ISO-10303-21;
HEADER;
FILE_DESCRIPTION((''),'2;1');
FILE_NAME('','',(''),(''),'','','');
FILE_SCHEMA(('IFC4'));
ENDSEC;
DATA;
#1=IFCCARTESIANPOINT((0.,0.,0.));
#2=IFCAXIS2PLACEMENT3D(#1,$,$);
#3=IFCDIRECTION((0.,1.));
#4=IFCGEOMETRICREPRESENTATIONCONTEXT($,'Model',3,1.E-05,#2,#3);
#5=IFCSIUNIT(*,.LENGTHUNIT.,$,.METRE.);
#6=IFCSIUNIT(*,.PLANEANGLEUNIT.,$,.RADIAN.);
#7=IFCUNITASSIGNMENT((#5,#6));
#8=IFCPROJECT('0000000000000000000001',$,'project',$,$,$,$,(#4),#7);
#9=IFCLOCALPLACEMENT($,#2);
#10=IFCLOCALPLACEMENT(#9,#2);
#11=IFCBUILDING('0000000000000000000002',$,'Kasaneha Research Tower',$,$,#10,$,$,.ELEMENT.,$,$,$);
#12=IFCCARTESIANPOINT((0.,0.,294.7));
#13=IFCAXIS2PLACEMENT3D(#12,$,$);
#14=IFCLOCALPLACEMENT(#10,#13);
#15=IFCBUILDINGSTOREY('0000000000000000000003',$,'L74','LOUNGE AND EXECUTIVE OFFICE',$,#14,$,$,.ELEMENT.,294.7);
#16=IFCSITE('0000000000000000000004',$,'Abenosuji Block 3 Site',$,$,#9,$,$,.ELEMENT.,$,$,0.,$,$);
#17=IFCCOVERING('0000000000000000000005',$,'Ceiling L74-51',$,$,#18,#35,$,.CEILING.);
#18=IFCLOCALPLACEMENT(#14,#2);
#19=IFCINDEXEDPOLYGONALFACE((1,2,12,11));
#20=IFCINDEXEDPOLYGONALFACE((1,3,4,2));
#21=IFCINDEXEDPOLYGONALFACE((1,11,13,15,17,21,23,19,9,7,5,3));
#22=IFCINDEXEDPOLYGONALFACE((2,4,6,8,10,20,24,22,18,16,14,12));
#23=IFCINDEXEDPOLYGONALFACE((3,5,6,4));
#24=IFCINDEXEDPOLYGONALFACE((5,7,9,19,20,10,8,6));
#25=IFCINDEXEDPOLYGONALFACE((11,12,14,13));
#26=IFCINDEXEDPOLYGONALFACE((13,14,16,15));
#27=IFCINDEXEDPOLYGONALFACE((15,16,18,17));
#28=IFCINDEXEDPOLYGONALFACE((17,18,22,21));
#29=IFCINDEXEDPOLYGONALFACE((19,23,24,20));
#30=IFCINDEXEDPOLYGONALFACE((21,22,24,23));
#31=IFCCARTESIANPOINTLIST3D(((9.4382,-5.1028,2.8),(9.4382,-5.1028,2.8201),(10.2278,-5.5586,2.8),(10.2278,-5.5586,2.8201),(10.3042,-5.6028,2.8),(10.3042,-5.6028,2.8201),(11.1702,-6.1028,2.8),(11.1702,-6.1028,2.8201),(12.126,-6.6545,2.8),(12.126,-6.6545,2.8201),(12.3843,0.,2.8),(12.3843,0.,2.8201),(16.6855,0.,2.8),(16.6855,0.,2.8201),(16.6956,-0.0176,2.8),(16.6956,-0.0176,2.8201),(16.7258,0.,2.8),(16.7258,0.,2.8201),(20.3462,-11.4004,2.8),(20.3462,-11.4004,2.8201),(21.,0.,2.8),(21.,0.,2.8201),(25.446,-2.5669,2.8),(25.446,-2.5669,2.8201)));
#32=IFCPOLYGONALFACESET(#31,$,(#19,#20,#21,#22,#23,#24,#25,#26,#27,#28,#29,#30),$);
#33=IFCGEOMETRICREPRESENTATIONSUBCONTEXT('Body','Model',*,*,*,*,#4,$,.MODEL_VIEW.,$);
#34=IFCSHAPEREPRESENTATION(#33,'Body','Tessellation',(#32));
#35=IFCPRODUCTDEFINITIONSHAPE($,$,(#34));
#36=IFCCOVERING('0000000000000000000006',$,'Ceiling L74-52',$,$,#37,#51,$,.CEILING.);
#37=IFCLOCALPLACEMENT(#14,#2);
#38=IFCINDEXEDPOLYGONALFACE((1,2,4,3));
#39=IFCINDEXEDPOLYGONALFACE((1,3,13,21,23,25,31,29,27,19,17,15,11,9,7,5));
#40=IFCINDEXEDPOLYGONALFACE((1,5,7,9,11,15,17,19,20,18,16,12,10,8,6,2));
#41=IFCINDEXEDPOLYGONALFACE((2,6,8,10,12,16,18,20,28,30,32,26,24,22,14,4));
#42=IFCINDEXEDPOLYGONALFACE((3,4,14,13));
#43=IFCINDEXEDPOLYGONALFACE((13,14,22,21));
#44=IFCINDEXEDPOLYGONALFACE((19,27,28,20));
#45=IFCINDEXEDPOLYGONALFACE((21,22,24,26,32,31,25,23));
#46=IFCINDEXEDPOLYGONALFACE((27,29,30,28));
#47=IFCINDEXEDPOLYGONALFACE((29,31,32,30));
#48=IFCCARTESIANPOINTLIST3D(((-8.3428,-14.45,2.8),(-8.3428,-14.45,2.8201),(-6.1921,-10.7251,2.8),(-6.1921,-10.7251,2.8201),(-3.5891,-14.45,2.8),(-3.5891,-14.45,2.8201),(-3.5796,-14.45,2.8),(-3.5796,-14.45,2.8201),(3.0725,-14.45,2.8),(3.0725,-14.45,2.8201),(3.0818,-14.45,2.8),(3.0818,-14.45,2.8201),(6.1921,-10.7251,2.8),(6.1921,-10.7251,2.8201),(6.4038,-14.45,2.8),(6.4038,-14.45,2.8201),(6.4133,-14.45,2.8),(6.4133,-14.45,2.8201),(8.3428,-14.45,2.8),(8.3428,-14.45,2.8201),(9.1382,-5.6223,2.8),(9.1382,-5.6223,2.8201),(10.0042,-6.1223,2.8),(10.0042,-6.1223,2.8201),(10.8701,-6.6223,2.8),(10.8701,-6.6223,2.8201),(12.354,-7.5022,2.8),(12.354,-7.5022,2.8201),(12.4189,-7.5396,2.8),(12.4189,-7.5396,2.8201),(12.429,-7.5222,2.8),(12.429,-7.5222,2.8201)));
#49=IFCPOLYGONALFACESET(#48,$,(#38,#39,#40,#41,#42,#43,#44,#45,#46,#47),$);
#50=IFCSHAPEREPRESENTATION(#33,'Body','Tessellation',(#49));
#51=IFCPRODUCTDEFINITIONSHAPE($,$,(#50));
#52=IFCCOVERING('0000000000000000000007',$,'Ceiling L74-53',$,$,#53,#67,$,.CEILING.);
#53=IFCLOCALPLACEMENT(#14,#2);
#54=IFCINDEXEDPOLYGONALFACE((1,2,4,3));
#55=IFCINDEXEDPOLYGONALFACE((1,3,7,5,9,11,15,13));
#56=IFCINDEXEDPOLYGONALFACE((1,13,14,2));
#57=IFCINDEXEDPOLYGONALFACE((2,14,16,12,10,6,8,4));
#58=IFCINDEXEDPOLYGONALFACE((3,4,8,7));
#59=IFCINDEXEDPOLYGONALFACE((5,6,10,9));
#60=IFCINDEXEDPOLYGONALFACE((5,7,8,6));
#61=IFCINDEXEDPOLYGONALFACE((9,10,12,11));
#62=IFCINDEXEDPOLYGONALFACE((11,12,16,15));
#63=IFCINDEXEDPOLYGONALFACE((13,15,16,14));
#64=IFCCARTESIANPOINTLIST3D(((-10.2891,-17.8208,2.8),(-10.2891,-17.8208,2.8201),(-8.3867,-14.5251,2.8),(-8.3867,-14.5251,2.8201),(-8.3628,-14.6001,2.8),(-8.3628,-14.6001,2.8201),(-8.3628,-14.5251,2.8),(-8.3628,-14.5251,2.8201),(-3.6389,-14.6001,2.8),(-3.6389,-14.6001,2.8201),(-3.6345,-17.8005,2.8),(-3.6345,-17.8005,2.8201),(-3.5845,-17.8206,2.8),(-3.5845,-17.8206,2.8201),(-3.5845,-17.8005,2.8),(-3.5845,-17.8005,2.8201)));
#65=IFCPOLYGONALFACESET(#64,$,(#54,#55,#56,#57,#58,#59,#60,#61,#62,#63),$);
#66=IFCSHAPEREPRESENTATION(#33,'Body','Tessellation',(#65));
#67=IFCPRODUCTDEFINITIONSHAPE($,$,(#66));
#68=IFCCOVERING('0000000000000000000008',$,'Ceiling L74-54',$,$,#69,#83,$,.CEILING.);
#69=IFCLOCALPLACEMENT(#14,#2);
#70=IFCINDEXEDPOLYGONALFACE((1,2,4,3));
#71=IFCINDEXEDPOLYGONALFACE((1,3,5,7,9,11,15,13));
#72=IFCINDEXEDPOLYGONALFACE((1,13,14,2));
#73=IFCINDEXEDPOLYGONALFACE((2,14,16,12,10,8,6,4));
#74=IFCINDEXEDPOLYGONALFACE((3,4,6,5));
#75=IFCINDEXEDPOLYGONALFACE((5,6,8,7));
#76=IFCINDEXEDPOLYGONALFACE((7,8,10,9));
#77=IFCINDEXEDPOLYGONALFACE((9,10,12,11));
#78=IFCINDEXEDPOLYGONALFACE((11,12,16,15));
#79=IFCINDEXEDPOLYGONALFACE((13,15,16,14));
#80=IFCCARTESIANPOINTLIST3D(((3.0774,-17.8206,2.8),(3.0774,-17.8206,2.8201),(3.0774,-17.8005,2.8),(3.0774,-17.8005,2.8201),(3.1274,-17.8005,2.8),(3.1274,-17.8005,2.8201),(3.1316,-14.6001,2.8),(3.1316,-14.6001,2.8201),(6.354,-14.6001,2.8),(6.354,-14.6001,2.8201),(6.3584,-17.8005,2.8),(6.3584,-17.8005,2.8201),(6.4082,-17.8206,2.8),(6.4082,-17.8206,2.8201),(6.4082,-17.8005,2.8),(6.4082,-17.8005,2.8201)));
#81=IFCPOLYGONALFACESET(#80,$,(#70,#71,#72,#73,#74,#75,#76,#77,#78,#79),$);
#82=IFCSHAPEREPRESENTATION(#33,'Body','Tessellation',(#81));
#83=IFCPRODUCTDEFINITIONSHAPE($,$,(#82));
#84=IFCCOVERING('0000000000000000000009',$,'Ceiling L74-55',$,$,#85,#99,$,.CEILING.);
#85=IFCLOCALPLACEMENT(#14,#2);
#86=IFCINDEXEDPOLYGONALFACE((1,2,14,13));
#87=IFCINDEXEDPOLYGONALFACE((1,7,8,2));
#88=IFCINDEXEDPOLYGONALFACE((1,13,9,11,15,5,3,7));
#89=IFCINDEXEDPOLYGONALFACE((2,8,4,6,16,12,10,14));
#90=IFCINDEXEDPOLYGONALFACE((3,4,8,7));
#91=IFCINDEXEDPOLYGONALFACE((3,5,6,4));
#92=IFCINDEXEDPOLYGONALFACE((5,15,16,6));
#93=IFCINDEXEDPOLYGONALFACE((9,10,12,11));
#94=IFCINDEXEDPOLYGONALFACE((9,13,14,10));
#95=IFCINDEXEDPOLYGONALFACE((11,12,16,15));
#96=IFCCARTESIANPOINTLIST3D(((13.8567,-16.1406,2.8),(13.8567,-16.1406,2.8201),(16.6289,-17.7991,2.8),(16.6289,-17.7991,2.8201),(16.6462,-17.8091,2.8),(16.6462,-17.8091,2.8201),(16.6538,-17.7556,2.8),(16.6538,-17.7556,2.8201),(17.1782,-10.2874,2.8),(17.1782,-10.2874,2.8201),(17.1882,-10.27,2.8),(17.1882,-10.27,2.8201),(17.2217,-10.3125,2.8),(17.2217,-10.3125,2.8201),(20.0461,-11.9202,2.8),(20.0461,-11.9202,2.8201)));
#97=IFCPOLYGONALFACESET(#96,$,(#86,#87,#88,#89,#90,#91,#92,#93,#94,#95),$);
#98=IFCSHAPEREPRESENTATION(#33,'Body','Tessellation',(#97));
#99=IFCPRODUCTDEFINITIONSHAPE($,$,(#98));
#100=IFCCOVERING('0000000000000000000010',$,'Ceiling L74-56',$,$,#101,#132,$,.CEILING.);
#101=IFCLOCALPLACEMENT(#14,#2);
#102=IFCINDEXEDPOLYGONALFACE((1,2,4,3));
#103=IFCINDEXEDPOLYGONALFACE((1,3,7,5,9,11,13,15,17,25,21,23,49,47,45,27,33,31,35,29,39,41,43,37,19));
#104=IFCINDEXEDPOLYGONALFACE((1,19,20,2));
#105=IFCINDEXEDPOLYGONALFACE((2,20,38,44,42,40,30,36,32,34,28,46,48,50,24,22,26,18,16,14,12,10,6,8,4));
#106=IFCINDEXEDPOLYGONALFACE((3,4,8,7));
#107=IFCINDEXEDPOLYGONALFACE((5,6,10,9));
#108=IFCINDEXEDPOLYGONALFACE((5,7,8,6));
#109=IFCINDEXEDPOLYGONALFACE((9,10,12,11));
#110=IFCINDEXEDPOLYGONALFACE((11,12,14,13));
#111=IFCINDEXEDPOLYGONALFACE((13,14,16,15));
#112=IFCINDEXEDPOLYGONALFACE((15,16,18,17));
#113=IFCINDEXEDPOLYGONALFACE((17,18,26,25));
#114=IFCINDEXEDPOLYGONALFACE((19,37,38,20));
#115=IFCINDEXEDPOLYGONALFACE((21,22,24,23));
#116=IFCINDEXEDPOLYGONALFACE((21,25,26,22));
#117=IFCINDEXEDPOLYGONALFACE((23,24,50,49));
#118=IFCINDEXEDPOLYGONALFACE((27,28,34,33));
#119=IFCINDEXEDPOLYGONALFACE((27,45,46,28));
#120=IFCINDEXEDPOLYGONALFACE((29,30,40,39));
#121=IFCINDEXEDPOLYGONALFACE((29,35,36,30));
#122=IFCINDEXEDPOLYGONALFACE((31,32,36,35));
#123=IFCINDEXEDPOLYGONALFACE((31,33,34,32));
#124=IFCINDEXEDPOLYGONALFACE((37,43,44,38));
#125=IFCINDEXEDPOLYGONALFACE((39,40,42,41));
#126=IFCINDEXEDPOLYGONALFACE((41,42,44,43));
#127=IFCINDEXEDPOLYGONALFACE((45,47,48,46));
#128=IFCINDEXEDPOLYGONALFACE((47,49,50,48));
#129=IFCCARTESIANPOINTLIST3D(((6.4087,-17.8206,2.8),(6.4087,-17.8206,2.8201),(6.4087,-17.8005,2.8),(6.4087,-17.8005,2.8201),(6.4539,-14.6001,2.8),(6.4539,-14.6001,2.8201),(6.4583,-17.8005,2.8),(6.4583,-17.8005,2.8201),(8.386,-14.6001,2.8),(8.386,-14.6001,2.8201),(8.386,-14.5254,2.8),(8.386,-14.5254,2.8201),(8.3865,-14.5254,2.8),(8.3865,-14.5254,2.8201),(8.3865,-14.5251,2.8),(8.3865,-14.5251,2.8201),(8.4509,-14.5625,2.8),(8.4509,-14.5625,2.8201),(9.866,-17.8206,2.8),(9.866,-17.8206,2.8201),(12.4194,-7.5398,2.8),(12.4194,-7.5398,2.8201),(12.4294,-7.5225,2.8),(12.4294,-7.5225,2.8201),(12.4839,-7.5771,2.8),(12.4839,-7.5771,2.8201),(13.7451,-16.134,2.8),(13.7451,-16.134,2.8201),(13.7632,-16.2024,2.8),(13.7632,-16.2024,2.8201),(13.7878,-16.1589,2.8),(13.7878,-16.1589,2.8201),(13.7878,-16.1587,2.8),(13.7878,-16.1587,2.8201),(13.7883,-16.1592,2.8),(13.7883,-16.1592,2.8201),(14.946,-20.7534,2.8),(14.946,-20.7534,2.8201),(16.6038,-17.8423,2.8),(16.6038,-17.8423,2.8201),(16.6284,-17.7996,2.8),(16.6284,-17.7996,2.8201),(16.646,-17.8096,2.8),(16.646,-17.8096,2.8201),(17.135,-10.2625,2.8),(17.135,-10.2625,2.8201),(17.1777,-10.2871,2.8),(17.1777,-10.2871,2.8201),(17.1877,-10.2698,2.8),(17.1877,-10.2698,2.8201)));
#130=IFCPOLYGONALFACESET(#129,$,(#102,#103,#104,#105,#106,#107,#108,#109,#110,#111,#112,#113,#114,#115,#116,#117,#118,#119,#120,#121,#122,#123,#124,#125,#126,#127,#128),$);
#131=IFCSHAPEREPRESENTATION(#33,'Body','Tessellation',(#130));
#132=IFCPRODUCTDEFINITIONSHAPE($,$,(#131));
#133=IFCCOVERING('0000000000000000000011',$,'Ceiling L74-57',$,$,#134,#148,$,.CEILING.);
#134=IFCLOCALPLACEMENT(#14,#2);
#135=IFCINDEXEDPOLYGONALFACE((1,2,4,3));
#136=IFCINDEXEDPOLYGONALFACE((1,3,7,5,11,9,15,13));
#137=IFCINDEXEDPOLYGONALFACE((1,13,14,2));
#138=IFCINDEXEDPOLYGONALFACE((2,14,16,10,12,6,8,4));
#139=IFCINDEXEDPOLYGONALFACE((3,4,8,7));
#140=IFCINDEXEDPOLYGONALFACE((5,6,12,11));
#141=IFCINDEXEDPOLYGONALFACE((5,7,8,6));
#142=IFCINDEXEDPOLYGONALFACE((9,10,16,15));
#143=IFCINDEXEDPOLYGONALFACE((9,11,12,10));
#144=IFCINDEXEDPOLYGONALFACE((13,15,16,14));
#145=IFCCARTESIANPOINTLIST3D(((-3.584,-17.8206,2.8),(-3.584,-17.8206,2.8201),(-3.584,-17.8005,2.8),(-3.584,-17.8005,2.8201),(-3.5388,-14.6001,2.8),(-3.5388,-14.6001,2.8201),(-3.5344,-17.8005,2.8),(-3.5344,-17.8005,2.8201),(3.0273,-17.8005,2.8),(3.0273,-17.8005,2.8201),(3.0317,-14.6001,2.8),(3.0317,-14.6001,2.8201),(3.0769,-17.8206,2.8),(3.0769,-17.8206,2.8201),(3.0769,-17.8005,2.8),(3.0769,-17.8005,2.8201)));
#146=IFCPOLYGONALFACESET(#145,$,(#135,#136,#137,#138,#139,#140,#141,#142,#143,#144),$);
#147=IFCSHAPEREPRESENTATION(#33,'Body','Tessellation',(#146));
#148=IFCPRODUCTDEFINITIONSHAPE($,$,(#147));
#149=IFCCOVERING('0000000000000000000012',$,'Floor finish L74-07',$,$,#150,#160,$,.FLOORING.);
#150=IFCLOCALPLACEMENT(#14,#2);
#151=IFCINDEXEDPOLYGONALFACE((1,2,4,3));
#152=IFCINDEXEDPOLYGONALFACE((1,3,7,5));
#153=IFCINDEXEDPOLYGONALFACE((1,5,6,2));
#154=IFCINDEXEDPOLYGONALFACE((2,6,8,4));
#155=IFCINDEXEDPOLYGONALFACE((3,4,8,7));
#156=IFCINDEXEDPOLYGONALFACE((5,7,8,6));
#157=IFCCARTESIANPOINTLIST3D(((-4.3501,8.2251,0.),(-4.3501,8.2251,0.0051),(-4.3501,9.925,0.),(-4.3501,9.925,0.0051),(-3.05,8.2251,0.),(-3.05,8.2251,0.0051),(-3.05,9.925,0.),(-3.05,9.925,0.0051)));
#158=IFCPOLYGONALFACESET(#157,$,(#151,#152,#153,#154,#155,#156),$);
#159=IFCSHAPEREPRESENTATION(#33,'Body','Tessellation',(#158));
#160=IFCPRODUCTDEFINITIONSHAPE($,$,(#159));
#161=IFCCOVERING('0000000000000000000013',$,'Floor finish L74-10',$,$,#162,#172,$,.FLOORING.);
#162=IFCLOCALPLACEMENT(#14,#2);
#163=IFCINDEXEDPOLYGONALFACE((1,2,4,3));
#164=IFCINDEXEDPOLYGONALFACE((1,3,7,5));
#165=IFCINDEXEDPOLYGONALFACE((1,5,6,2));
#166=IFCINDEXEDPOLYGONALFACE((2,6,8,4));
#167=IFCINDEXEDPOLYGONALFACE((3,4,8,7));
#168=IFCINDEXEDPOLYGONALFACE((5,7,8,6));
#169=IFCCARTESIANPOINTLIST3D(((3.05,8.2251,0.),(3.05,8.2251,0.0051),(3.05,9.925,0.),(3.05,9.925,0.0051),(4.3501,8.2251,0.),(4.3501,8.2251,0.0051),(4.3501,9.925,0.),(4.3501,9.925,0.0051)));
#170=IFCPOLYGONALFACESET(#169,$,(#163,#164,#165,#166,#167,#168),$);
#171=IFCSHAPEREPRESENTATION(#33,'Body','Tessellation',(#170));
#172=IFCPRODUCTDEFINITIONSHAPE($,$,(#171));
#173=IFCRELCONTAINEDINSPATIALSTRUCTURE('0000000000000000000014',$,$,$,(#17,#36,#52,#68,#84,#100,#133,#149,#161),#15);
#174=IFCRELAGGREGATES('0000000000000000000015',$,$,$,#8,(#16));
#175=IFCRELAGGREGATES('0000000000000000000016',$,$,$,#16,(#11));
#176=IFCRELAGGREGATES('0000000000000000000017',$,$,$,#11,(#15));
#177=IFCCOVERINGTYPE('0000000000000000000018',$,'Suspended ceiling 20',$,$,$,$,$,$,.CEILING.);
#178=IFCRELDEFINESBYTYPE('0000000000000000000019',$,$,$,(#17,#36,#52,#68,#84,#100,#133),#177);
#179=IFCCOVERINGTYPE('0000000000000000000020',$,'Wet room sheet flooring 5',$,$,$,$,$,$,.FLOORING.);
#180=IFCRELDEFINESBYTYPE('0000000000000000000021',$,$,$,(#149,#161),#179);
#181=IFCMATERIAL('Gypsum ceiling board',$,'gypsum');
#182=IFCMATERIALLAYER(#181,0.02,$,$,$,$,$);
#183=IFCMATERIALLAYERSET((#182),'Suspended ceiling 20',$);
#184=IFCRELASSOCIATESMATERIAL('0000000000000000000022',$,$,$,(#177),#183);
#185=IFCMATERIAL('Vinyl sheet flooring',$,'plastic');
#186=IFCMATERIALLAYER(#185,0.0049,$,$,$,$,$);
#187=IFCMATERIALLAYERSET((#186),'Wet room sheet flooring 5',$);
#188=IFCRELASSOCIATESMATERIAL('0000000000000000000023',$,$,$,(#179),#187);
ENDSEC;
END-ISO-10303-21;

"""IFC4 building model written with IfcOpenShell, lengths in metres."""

from ifc_helpers import new_model, si_unit, direction, frame, origin, place, context, subcontext, project, spatial, polyline, outline, extrude, material, layer, layer_set, type_object, element, save


model = new_model("IFC4")

# Units and contexts
model_context = context("Model", 3, precision=1e-05, world=origin(), true_north=direction((0.0, 1.0)))
body_context = subcontext(model_context, "Body", "Model", "MODEL_VIEW")
ifc_project = project(units=[si_unit("LENGTHUNIT", "METRE"), si_unit("PLANEANGLEUNIT", "RADIAN")], contexts=[model_context])

# Site, building, storey
site_placement = place(None, origin())
site = spatial("IfcSite", under=ifc_project, at=site_placement, Name="Abenosuji Block 3 Site", CompositionType="ELEMENT", RefElevation=0.0)
building_placement = place(site_placement, origin())
building = spatial("IfcBuilding", under=site, at=building_placement, Name="Kasaneha Research Tower", CompositionType="ELEMENT")
storey_placement = place(building_placement, frame((0.0, 0.0, 294.7)))
storey = spatial("IfcBuildingStorey", under=building, at=storey_placement, Name="L74", Description="LOUNGE AND EXECUTIVE OFFICE", CompositionType="ELEMENT", Elevation=294.7)

# Coverings
ifc_material_1 = material(Name="Gypsum ceiling board", Category="gypsum")
ifc_layer_1 = layer(ifc_material_1, 0.02)
ifc_layer_set_1 = layer_set([ifc_layer_1], Name="Suspended ceiling 20")
covering_type_1 = type_object("IfcCoveringType", Name="Suspended ceiling 20", PredefinedType="CEILING", material=ifc_layer_set_1)
covering_1_placement = place(storey_placement, frame((0.0, 0.0, 2.8)))
element("IfcCovering", 1, at=covering_1_placement, inside=storey, type_object=covering_type_1, Name="Ceiling L74-51", PredefinedType="CEILING", context=body_context, shape_type="SweptSolid", body=[
    extrude(outline(polyline([(11.1702, -6.1028), (10.3042, -5.6028), (10.2278, -5.5586), (9.4382, -5.1028), (12.3843, 0.0), (16.6855, 0.0), (16.6956, -0.0176), (16.7258, 0.0), (21.0, 0.0), (25.446, -2.5669), (20.3462, -11.4004), (12.126, -6.6545), (11.1702, -6.1028)])), origin(), (0.0, 0.0, 1.0), 0.02),
])
covering_2_placement = place(storey_placement, frame((0.0, 0.0, 2.8)))
element("IfcCovering", 2, at=covering_2_placement, inside=storey, type_object=covering_type_1, Name="Ceiling L74-52", PredefinedType="CEILING", context=body_context, shape_type="SweptSolid", body=[
    extrude(outline(polyline([(-6.1921, -10.7251), (6.1921, -10.7251), (9.1382, -5.6223), (10.0042, -6.1223), (10.0042, -6.1223), (10.8701, -6.6223), (10.8701, -6.6223), (12.429, -7.5222), (12.4189, -7.5396), (12.354, -7.5022), (8.3428, -14.45), (6.4133, -14.45), (6.4038, -14.45), (3.0818, -14.45), (3.0725, -14.45), (-3.5796, -14.45), (-3.5891, -14.45), (-8.3428, -14.45), (-6.1921, -10.7251)])), origin(), (0.0, 0.0, 1.0), 0.02),
])
covering_3_placement = place(storey_placement, frame((0.0, 0.0, 2.8)))
element("IfcCovering", 3, at=covering_3_placement, inside=storey, type_object=covering_type_1, Name="Ceiling L74-53", PredefinedType="CEILING", context=body_context, shape_type="SweptSolid", body=[
    extrude(outline(polyline([(-8.3867, -14.5251), (-8.3628, -14.5251), (-8.3628, -14.6001), (-3.6389, -14.6001), (-3.6345, -17.8005), (-3.5845, -17.8005), (-3.5845, -17.8206), (-10.2891, -17.8208), (-8.3867, -14.5251)])), origin(), (0.0, 0.0, 1.0), 0.02),
])
covering_4_placement = place(storey_placement, frame((0.0, 0.0, 2.8)))
element("IfcCovering", 4, at=covering_4_placement, inside=storey, type_object=covering_type_1, Name="Ceiling L74-54", PredefinedType="CEILING", context=body_context, shape_type="SweptSolid", body=[
    extrude(outline(polyline([(3.0774, -17.8005), (3.1274, -17.8005), (3.1316, -14.6001), (6.354, -14.6001), (6.3584, -17.8005), (6.4082, -17.8005), (6.4082, -17.8206), (3.0774, -17.8206), (3.0774, -17.8005)])), origin(), (0.0, 0.0, 1.0), 0.02),
])
covering_5_placement = place(storey_placement, frame((0.0, 0.0, 2.8)))
element("IfcCovering", 5, at=covering_5_placement, inside=storey, type_object=covering_type_1, Name="Ceiling L74-55", PredefinedType="CEILING", context=body_context, shape_type="SweptSolid", body=[
    extrude(outline(polyline([(16.6462, -17.8091), (16.6289, -17.7991), (16.6538, -17.7556), (13.8567, -16.1406), (17.2217, -10.3125), (17.1782, -10.2874), (17.1882, -10.27), (20.0461, -11.9202), (16.6462, -17.8091)])), origin(), (0.0, 0.0, 1.0), 0.02),
])
covering_6_placement = place(storey_placement, frame((0.0, 0.0, 2.8)))
element("IfcCovering", 6, at=covering_6_placement, inside=storey, type_object=covering_type_1, Name="Ceiling L74-56", PredefinedType="CEILING", context=body_context, shape_type="SweptSolid", body=[
    extrude(outline(polyline([(13.7883, -16.1592), (13.7632, -16.2024), (16.6038, -17.8423), (16.6284, -17.7996), (16.646, -17.8096), (14.946, -20.7534), (9.866, -17.8206), (6.4087, -17.8206), (6.4087, -17.8005), (6.4583, -17.8005), (6.4539, -14.6001), (8.386, -14.6001), (8.386, -14.5254), (8.3865, -14.5254), (8.3865, -14.5251), (8.4509, -14.5625), (12.4839, -7.5771), (12.4194, -7.5398), (12.4294, -7.5225), (17.1877, -10.2698), (17.1777, -10.2871), (17.135, -10.2625), (13.7451, -16.134), (13.7878, -16.1587), (13.7878, -16.1589), (13.7883, -16.1592)])), origin(), (0.0, 0.0, 1.0), 0.02),
])
covering_7_placement = place(storey_placement, frame((0.0, 0.0, 2.8)))
element("IfcCovering", 7, at=covering_7_placement, inside=storey, type_object=covering_type_1, Name="Ceiling L74-57", PredefinedType="CEILING", context=body_context, shape_type="SweptSolid", body=[
    extrude(outline(polyline([(3.0769, -17.8206), (-3.584, -17.8206), (-3.584, -17.8005), (-3.5344, -17.8005), (-3.5388, -14.6001), (3.0317, -14.6001), (3.0273, -17.8005), (3.0769, -17.8005), (3.0769, -17.8206)])), origin(), (0.0, 0.0, 1.0), 0.02),
])
ifc_material_2 = material(Name="Vinyl sheet flooring", Category="plastic")
ifc_layer_2 = layer(ifc_material_2, 0.0049)
ifc_layer_set_2 = layer_set([ifc_layer_2], Name="Wet room sheet flooring 5")
covering_type_2 = type_object("IfcCoveringType", Name="Wet room sheet flooring 5", PredefinedType="FLOORING", material=ifc_layer_set_2)
covering_8_placement = place(storey_placement, origin())
element("IfcCovering", 8, at=covering_8_placement, inside=storey, type_object=covering_type_2, Name="Floor finish L74-07", PredefinedType="FLOORING", context=body_context, shape_type="SweptSolid", body=[
    extrude(outline(polyline([(-4.3501, 8.2251), (-4.3501, 9.925), (-3.05, 9.925), (-3.05, 8.2251), (-4.3501, 8.2251)])), origin(), (0.0, 0.0, 1.0), 0.0051),
])
covering_9_placement = place(storey_placement, origin())
element("IfcCovering", 9, at=covering_9_placement, inside=storey, type_object=covering_type_2, Name="Floor finish L74-10", PredefinedType="FLOORING", context=body_context, shape_type="SweptSolid", body=[
    extrude(outline(polyline([(4.3501, 8.2251), (3.05, 8.2251), (3.05, 9.925), (4.3501, 9.925), (4.3501, 8.2251)])), origin(), (0.0, 0.0, 1.0), 0.0051),
])

save(model, "model.ifc")
